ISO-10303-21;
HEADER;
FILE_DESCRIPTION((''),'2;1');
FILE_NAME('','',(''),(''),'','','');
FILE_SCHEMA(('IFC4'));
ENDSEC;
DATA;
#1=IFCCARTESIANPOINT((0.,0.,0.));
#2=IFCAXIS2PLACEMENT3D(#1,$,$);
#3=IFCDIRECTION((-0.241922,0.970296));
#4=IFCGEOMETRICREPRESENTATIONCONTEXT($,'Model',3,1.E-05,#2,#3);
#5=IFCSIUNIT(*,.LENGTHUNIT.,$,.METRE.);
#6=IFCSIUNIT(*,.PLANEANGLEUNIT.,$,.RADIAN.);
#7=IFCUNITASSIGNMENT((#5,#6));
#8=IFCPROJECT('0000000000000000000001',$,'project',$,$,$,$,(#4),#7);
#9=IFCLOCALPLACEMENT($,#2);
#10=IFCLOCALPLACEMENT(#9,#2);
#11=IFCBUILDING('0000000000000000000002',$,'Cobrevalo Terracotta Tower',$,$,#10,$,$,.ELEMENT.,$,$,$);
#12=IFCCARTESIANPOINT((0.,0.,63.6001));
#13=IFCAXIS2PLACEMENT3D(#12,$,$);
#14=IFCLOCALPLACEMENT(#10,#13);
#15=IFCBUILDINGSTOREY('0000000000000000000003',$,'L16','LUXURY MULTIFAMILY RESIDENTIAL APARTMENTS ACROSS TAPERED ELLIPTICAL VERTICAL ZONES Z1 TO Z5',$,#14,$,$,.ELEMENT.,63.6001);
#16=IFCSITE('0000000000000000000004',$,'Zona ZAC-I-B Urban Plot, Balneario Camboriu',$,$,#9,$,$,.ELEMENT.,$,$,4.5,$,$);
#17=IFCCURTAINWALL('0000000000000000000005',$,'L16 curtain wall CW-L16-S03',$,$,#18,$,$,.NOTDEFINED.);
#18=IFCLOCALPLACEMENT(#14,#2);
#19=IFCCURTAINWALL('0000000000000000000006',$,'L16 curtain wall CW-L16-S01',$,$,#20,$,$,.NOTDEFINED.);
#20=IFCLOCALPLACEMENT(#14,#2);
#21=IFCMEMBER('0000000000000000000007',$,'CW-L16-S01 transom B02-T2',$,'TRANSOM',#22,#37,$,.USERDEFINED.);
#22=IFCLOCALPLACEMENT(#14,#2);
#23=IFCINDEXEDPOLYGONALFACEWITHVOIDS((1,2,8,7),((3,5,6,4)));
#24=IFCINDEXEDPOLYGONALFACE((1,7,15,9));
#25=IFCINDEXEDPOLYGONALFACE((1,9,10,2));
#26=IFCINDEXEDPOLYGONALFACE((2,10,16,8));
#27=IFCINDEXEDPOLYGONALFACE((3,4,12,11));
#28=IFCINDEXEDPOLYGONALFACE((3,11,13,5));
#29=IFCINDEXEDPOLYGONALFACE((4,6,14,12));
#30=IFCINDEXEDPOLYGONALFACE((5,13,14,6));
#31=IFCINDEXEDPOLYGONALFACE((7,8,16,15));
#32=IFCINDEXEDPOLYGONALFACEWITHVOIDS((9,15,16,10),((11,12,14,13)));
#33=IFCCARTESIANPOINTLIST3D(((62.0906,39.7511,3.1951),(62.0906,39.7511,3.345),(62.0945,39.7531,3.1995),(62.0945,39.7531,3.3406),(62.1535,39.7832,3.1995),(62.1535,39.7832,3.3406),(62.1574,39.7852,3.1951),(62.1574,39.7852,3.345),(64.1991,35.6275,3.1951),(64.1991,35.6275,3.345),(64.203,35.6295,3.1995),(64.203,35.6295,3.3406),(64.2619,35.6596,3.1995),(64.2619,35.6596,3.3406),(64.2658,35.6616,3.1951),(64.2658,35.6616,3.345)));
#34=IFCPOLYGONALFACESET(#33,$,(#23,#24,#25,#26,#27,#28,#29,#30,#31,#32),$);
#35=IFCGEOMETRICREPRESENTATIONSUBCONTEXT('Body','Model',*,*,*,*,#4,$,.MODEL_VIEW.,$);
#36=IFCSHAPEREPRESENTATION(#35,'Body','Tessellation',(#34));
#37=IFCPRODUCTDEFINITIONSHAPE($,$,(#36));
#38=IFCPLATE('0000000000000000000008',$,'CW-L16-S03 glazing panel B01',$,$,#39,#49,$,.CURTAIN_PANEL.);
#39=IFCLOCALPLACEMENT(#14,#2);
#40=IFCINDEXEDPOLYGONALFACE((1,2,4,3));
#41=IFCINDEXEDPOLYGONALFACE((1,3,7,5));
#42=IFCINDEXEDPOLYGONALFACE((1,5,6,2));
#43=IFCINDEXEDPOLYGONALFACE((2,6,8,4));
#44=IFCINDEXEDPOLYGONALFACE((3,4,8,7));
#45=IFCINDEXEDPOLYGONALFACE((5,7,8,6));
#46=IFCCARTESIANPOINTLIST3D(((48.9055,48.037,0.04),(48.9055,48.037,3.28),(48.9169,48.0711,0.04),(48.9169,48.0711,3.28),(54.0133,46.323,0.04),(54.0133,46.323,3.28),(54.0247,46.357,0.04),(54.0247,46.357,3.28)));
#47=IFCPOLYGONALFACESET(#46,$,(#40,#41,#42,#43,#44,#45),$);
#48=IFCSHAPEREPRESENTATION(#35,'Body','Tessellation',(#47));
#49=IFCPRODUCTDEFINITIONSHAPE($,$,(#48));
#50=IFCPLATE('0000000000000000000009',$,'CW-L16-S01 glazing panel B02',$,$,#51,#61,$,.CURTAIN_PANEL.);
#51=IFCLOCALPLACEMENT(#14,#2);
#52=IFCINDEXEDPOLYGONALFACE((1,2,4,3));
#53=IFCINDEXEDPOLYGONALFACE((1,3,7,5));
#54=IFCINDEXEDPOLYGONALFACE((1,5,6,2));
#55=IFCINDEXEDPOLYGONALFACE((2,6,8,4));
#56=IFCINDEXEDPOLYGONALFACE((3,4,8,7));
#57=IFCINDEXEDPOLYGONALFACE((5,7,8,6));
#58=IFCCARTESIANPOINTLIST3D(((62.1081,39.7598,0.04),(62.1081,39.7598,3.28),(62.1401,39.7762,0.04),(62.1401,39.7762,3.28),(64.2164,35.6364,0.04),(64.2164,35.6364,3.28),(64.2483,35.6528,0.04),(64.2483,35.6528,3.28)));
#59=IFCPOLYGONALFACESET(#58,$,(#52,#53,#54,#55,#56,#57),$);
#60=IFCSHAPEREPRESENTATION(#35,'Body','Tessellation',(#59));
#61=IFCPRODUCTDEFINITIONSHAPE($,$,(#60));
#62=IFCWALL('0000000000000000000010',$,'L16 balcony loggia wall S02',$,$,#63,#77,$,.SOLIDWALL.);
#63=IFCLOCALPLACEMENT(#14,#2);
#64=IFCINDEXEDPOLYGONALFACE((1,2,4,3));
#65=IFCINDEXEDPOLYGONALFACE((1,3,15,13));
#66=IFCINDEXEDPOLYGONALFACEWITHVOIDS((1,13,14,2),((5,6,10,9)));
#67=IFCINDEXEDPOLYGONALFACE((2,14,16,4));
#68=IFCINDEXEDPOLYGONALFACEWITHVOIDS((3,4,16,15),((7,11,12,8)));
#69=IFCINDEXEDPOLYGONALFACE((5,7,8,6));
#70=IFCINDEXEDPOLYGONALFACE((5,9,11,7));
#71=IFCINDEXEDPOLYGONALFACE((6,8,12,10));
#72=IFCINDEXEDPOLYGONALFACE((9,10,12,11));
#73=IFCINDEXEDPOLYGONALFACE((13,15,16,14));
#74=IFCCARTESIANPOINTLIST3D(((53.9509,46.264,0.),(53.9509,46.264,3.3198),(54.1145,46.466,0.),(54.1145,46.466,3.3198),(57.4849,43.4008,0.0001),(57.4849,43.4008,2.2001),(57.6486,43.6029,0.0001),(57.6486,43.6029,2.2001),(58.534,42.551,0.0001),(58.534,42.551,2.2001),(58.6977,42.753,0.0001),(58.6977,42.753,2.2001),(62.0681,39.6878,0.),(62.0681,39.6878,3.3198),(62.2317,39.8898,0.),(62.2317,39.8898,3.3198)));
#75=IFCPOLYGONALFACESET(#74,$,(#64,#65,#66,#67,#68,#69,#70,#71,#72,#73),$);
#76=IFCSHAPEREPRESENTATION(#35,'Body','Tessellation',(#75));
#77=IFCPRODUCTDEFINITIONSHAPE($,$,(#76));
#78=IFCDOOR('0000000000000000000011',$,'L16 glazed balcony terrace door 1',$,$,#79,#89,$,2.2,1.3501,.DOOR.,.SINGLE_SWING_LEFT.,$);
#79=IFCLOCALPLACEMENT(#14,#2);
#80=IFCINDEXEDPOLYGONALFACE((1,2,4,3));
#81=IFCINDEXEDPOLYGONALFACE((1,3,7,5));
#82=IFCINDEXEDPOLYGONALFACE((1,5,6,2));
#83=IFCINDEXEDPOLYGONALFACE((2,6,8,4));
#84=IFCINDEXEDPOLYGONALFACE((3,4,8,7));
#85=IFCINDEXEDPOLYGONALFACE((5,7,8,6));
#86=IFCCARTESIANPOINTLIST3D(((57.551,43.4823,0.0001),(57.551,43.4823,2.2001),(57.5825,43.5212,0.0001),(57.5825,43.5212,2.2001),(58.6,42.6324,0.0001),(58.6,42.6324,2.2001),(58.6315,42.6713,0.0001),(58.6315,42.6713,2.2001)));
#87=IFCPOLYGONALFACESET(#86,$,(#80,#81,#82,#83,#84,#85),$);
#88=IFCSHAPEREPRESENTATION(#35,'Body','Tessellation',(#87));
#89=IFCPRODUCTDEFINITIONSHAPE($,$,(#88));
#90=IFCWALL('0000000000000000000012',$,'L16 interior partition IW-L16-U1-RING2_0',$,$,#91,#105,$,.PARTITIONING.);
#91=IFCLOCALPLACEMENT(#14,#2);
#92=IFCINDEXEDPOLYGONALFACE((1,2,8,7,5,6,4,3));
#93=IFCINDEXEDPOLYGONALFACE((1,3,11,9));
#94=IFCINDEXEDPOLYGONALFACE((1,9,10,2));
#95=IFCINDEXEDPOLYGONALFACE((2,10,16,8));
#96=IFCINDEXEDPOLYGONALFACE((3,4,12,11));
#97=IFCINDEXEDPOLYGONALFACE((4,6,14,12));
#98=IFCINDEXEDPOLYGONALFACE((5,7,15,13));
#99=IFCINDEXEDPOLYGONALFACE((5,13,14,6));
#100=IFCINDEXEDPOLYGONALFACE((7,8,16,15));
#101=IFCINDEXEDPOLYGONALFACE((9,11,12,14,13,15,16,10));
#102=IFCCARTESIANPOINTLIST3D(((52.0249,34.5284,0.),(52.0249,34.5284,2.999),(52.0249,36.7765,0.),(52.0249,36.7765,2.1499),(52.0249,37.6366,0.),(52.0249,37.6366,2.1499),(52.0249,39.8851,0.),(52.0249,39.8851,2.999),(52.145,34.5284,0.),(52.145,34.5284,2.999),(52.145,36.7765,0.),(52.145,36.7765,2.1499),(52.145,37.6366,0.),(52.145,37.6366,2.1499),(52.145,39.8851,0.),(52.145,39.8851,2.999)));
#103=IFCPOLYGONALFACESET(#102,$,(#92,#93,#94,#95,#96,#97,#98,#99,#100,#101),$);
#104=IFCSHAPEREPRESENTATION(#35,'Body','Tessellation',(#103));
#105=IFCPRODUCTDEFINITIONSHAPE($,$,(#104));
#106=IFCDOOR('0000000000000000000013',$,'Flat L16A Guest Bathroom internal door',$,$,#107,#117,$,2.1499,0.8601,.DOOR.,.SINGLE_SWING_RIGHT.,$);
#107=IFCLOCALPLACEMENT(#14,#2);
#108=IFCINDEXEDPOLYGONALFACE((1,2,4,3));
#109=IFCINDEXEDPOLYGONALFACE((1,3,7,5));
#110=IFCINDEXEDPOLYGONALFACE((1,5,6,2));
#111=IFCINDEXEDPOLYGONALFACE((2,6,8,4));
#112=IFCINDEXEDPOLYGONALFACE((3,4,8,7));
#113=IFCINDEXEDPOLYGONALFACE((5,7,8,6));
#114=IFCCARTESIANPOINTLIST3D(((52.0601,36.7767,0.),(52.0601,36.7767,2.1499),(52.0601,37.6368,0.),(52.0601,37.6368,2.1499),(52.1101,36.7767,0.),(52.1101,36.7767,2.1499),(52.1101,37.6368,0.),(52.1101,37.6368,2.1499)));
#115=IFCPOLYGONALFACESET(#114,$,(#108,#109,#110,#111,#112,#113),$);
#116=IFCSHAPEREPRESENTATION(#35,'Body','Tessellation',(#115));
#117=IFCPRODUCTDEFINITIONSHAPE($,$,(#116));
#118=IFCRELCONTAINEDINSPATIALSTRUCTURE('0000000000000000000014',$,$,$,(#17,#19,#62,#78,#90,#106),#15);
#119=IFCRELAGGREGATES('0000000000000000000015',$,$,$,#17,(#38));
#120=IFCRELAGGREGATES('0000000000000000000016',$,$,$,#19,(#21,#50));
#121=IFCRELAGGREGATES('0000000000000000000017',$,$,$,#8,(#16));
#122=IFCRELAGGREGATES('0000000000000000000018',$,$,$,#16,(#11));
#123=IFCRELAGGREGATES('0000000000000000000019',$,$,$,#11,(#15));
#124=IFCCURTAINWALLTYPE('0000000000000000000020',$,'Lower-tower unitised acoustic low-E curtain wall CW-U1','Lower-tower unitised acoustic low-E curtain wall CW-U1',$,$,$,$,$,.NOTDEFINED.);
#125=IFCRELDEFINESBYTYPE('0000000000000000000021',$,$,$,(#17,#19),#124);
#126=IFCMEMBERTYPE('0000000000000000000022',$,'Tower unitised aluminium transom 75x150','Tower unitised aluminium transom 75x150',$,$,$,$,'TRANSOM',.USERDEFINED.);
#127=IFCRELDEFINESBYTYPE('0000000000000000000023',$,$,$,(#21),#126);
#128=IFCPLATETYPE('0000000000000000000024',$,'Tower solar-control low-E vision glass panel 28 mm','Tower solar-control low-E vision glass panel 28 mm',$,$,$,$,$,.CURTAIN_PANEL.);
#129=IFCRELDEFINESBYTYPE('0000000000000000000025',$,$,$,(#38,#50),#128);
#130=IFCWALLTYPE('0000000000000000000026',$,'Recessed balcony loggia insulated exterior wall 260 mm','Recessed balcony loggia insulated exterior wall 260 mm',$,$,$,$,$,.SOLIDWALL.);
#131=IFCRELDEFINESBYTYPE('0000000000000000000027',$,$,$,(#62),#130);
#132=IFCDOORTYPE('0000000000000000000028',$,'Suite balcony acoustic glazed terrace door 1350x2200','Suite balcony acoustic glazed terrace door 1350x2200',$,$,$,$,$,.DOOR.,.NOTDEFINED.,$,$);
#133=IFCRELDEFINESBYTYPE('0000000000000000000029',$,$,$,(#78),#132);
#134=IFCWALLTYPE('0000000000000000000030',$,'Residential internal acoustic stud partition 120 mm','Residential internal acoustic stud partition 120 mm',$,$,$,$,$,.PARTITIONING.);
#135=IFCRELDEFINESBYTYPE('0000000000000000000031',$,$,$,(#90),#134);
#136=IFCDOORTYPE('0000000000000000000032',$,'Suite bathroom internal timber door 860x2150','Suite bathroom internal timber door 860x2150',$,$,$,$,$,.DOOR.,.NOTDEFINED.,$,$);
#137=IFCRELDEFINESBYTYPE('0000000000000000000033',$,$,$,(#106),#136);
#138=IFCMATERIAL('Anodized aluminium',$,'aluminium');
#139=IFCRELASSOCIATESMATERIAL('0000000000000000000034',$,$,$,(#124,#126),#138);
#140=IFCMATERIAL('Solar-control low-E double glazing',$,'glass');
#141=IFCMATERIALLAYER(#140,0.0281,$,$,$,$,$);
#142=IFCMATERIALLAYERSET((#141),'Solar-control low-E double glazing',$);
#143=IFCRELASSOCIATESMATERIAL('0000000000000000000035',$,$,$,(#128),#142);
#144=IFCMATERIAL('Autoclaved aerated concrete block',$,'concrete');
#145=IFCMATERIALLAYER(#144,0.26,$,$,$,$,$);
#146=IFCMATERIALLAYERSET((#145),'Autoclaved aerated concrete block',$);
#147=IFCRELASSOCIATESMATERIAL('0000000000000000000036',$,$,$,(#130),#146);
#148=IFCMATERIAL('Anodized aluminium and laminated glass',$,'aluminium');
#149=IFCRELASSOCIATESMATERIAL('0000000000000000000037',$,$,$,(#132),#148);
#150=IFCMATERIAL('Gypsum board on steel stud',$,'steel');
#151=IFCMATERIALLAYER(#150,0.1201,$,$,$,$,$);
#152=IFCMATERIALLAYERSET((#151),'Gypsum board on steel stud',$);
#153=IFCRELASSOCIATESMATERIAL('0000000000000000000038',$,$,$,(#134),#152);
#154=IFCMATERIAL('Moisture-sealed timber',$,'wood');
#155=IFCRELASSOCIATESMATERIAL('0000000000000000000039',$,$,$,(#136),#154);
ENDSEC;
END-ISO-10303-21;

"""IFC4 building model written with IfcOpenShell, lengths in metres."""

from ifc_helpers import new_model, si_unit, direction, frame, frame_2d, origin, origin_2d, place, context, subcontext, project, spatial, rectangle, hollow_rectangle, extrude, source, transform, mapped, material, layer, layer_set, material_profile, profile_set, type_object, element, fill, aggregate, save


model = new_model("IFC4")

# Units and contexts
model_context = context("Model", 3, precision=1e-05, world=origin(), true_north=direction((-0.241922, 0.970296)))
body_context = subcontext(model_context, "Body", "Model", "MODEL_VIEW")
ifc_project = project(units=[si_unit("LENGTHUNIT", "METRE"), si_unit("PLANEANGLEUNIT", "RADIAN")], contexts=[model_context])

# Site, building, storey
site_placement = place(None, origin())
site = spatial("IfcSite", under=ifc_project, at=site_placement, Name="Zona ZAC-I-B Urban Plot, Balneario Camboriu", CompositionType="ELEMENT", RefElevation=4.5)
building_placement = place(site_placement, origin())
building = spatial("IfcBuilding", under=site, at=building_placement, Name="Cobrevalo Terracotta Tower", CompositionType="ELEMENT")
storey_placement = place(building_placement, frame((0.0, 0.0, 63.6001)))
storey = spatial("IfcBuildingStorey", under=building, at=storey_placement, Name="L16", Description="LUXURY MULTIFAMILY RESIDENTIAL APARTMENTS ACROSS TAPERED ELLIPTICAL VERTICAL ZONES Z1 TO Z5", CompositionType="ELEMENT", Elevation=63.6001)

# Curtain walls
ifc_material_1 = material(Name="Anodized aluminium", Category="aluminium")
curtain_wall_type = type_object("IfcCurtainWallType", Name="Lower-tower unitised acoustic low-E curtain wall CW-U1", Description="Lower-tower unitised acoustic low-E curtain wall CW-U1", PredefinedType="NOTDEFINED", material=ifc_material_1)
curtain_wall_1_placement = place(storey_placement, origin())
curtain_wall_1 = element("IfcCurtainWall", 1, at=curtain_wall_1_placement, inside=storey, type_object=curtain_wall_type, Name="L16 curtain wall CW-L16-S03", PredefinedType="NOTDEFINED")
ifc_material_profile_1 = material_profile(ifc_material_1, hollow_rectangle(XDim=0.075, YDim=0.1499, WallThickness=0.0044, at=origin_2d()), Name="CWT 75x150")
ifc_profile_set_1 = profile_set([ifc_material_profile_1], Name="Anodized aluminium")
member_type_1 = type_object("IfcMemberType", Name="Tower unitised aluminium transom 75x150", Description="Tower unitised aluminium transom 75x150", ElementType="TRANSOM", PredefinedType="USERDEFINED", material=ifc_profile_set_1)
curtain_wall_2_placement = place(storey_placement, origin())
curtain_wall_2 = element("IfcCurtainWall", 2, at=curtain_wall_2_placement, inside=storey, type_object=curtain_wall_type, Name="L16 curtain wall CW-L16-S01", PredefinedType="NOTDEFINED")

# Member
shared_shape_1 = source(origin(), body_context, "Body", "SweptSolid", [
    extrude(hollow_rectangle(XDim=0.075, YDim=0.1499, WallThickness=0.0044, at=origin_2d()), origin(), (0.0, 0.0, 1.0), 4.6313),
])
member_1_placement = place(storey_placement, frame((64.2324, 35.6445, 3.27), z_axis=(-0.45525, 0.890363, 0.0), x_axis=(-0.890363, -0.45525, 0.0)))
member_1 = element("IfcMember", 3, at=member_1_placement, type_object=member_type_1, Name="CW-L16-S01 transom B02-T2", ObjectType="TRANSOM", PredefinedType="USERDEFINED", context=body_context, shape_type="MappedRepresentation", body=[
    mapped(shared_shape_1, transform((0.0, 0.0, 0.0), scale=1.0)),
])

# Plates
ifc_material_2 = material(Name="Solar-control low-E double glazing", Category="glass")
ifc_layer_1 = layer(ifc_material_2, 0.0281)
ifc_layer_set_1 = layer_set([ifc_layer_1], Name="Solar-control low-E double glazing")
plate_type = type_object("IfcPlateType", Name="Tower solar-control low-E vision glass panel 28 mm", Description="Tower solar-control low-E vision glass panel 28 mm", PredefinedType="CURTAIN_PANEL", material=ifc_layer_set_1)
shared_shape_2 = source(origin(), body_context, "Body", "SweptSolid", [
    extrude(rectangle(XDim=5.3877, YDim=0.0359, at=origin_2d()), origin(), (0.0, 0.0, 1.0), 3.24),
])
plate_1_placement = place(storey_placement, frame((51.4651, 47.197, 0.04), z_axis=(0.0, 0.0, 1.0), x_axis=(-0.948044, 0.318139, 0.0)))
plate_1 = element("IfcPlate", 4, at=plate_1_placement, type_object=plate_type, Name="CW-L16-S03 glazing panel B01", PredefinedType="CURTAIN_PANEL", context=body_context, shape_type="MappedRepresentation", body=[
    mapped(shared_shape_2, transform((0.0, 0.0, 0.0), scale=1.0)),
])
aggregate(curtain_wall_1, [plate_1])
shared_shape_3 = source(origin(), body_context, "Body", "SweptSolid", [
    extrude(rectangle(XDim=4.6311, YDim=0.0359, at=origin_2d()), origin(), (0.0, 0.0, 1.0), 3.24),
])
plate_2_placement = place(storey_placement, frame((63.1782, 37.7063, 0.04), z_axis=(0.0, 0.0, 1.0), x_axis=(-0.455231, 0.890373, 0.0)))
plate_2 = element("IfcPlate", 5, at=plate_2_placement, type_object=plate_type, Name="CW-L16-S01 glazing panel B02", PredefinedType="CURTAIN_PANEL", context=body_context, shape_type="MappedRepresentation", body=[
    mapped(shared_shape_3, transform((0.0, 0.0, 0.0), scale=1.0)),
])
aggregate(curtain_wall_2, [member_1, plate_2])

# Walls, openings, doors
ifc_material_3 = material(Name="Autoclaved aerated concrete block", Category="concrete")
ifc_layer_2 = layer(ifc_material_3, 0.26)
ifc_layer_set_2 = layer_set([ifc_layer_2], Name="Autoclaved aerated concrete block")
wall_type_1 = type_object("IfcWallType", Name="Recessed balcony loggia insulated exterior wall 260 mm", Description="Recessed balcony loggia insulated exterior wall 260 mm", PredefinedType="SOLIDWALL", material=ifc_layer_set_2)
wall_1_placement = place(storey_placement, frame((62.1499, 39.7888, 0.0), z_axis=(0.0, 0.0, 1.0), x_axis=(-0.777005, 0.629494, 0.0)))
wall_1 = element("IfcWall", 6, at=wall_1_placement, inside=storey, type_object=wall_type_1, Name="L16 balcony loggia wall S02", PredefinedType="SOLIDWALL", context=body_context, shape_type="SweptSolid", body=[
    extrude(rectangle(XDim=10.4468, YDim=0.26, at=frame_2d((5.2234, 0.0))), origin(), (0.0, 0.0, 1.0), 3.3198),
])
opening_1_placement = place(wall_1_placement, frame((4.5483, 0.0, 0.0)))
opening_1 = element("IfcOpeningElement", 7, at=opening_1_placement, cuts=wall_1, PredefinedType="OPENING", context=body_context, shape_type="SweptSolid", body=[
    extrude(rectangle(XDim=1.3501, YDim=2.2, at=frame_2d((0.675, 1.1001))), frame((0.0, 0.1401, 0.0), z_axis=(0.0, -1.0, 0.0), x_axis=(1.0, 0.0, 0.0)), (0.0, 0.0, 1.0), 0.28),
])
ifc_material_4 = material(Name="Anodized aluminium and laminated glass", Category="aluminium")
door_type_1 = type_object("IfcDoorType", Name="Suite balcony acoustic glazed terrace door 1350x2200", Description="Suite balcony acoustic glazed terrace door 1350x2200", OperationType="NOTDEFINED", PredefinedType="DOOR", material=ifc_material_4)
shared_shape_4 = source(origin(), body_context, "Body", "SweptSolid", [
    extrude(rectangle(XDim=1.3501, YDim=2.2, at=frame_2d((0.675, 1.1001))), frame((0.0, 0.0249, 0.0), z_axis=(0.0, -1.0, 0.0), x_axis=(1.0, 0.0, 0.0)), (0.0, 0.0, 1.0), 0.05),
])
door_1_placement = place(opening_1_placement, frame((1.3501, 0.0, 0.0), z_axis=(0.0, 0.0, 1.0), x_axis=(-1.0, 0.0, 0.0)))
door_1 = element("IfcDoor", 8, at=door_1_placement, inside=storey, type_object=door_type_1, Name="L16 glazed balcony terrace door 1", OperationType="SINGLE_SWING_LEFT", OverallHeight=2.2, OverallWidth=1.3501, PredefinedType="DOOR", context=body_context, shape_type="MappedRepresentation", body=[
    mapped(shared_shape_4, transform((0.0, 0.0, 0.0), scale=1.0)),
])
fill(opening_1, door_1)
ifc_material_5 = material(Name="Gypsum board on steel stud", Category="steel")
ifc_layer_3 = layer(ifc_material_5, 0.1201)
ifc_layer_set_3 = layer_set([ifc_layer_3], Name="Gypsum board on steel stud")
wall_type_2 = type_object("IfcWallType", Name="Residential internal acoustic stud partition 120 mm", Description="Residential internal acoustic stud partition 120 mm", PredefinedType="PARTITIONING", material=ifc_layer_set_3)
wall_2_placement = place(storey_placement, frame((52.085, 39.885, 0.0), z_axis=(0.0, 0.0, 1.0), x_axis=(0.0, -1.0, 0.0)))
wall_2 = element("IfcWall", 9, at=wall_2_placement, inside=storey, type_object=wall_type_2, Name="L16 interior partition IW-L16-U1-RING2_0", PredefinedType="PARTITIONING", context=body_context, shape_type="SweptSolid", body=[
    extrude(rectangle(XDim=5.3567, YDim=0.1201, at=frame_2d((2.6782, 0.0))), origin(), (0.0, 0.0, 1.0), 2.999),
])
opening_2_placement = place(wall_2_placement, frame((2.2483, 0.0, 0.0)))
opening_2 = element("IfcOpeningElement", 10, at=opening_2_placement, cuts=wall_2, PredefinedType="OPENING", context=body_context, shape_type="SweptSolid", body=[
    extrude(rectangle(XDim=0.8601, YDim=2.1499, at=frame_2d((0.4302, 1.075))), frame((0.0, 0.0701, 0.0), z_axis=(0.0, -1.0, 0.0), x_axis=(1.0, 0.0, 0.0)), (0.0, 0.0, 1.0), 0.1401),
])
ifc_material_6 = material(Name="Moisture-sealed timber", Category="wood")
door_type_2 = type_object("IfcDoorType", Name="Suite bathroom internal timber door 860x2150", Description="Suite bathroom internal timber door 860x2150", OperationType="NOTDEFINED", PredefinedType="DOOR", material=ifc_material_6)
shared_shape_5 = source(origin(), body_context, "Body", "SweptSolid", [
    extrude(rectangle(XDim=0.8601, YDim=2.1499, at=frame_2d((0.4302, 1.075))), frame((0.0, 0.0249, 0.0), z_axis=(0.0, -1.0, 0.0), x_axis=(1.0, 0.0, 0.0)), (0.0, 0.0, 1.0), 0.05),
])
door_2_placement = place(opening_2_placement, frame((0.8601, 0.0, 0.0), z_axis=(0.0, 0.0, 1.0), x_axis=(-1.0, 0.0, 0.0)))
door_2 = element("IfcDoor", 11, at=door_2_placement, inside=storey, type_object=door_type_2, Name="Flat L16A Guest Bathroom internal door", OperationType="SINGLE_SWING_RIGHT", OverallHeight=2.1499, OverallWidth=0.8601, PredefinedType="DOOR", context=body_context, shape_type="MappedRepresentation", body=[
    mapped(shared_shape_5, transform((0.0, 0.0, 0.0), scale=1.0)),
])
fill(opening_2, door_2)

save(model, "model.ifc")
